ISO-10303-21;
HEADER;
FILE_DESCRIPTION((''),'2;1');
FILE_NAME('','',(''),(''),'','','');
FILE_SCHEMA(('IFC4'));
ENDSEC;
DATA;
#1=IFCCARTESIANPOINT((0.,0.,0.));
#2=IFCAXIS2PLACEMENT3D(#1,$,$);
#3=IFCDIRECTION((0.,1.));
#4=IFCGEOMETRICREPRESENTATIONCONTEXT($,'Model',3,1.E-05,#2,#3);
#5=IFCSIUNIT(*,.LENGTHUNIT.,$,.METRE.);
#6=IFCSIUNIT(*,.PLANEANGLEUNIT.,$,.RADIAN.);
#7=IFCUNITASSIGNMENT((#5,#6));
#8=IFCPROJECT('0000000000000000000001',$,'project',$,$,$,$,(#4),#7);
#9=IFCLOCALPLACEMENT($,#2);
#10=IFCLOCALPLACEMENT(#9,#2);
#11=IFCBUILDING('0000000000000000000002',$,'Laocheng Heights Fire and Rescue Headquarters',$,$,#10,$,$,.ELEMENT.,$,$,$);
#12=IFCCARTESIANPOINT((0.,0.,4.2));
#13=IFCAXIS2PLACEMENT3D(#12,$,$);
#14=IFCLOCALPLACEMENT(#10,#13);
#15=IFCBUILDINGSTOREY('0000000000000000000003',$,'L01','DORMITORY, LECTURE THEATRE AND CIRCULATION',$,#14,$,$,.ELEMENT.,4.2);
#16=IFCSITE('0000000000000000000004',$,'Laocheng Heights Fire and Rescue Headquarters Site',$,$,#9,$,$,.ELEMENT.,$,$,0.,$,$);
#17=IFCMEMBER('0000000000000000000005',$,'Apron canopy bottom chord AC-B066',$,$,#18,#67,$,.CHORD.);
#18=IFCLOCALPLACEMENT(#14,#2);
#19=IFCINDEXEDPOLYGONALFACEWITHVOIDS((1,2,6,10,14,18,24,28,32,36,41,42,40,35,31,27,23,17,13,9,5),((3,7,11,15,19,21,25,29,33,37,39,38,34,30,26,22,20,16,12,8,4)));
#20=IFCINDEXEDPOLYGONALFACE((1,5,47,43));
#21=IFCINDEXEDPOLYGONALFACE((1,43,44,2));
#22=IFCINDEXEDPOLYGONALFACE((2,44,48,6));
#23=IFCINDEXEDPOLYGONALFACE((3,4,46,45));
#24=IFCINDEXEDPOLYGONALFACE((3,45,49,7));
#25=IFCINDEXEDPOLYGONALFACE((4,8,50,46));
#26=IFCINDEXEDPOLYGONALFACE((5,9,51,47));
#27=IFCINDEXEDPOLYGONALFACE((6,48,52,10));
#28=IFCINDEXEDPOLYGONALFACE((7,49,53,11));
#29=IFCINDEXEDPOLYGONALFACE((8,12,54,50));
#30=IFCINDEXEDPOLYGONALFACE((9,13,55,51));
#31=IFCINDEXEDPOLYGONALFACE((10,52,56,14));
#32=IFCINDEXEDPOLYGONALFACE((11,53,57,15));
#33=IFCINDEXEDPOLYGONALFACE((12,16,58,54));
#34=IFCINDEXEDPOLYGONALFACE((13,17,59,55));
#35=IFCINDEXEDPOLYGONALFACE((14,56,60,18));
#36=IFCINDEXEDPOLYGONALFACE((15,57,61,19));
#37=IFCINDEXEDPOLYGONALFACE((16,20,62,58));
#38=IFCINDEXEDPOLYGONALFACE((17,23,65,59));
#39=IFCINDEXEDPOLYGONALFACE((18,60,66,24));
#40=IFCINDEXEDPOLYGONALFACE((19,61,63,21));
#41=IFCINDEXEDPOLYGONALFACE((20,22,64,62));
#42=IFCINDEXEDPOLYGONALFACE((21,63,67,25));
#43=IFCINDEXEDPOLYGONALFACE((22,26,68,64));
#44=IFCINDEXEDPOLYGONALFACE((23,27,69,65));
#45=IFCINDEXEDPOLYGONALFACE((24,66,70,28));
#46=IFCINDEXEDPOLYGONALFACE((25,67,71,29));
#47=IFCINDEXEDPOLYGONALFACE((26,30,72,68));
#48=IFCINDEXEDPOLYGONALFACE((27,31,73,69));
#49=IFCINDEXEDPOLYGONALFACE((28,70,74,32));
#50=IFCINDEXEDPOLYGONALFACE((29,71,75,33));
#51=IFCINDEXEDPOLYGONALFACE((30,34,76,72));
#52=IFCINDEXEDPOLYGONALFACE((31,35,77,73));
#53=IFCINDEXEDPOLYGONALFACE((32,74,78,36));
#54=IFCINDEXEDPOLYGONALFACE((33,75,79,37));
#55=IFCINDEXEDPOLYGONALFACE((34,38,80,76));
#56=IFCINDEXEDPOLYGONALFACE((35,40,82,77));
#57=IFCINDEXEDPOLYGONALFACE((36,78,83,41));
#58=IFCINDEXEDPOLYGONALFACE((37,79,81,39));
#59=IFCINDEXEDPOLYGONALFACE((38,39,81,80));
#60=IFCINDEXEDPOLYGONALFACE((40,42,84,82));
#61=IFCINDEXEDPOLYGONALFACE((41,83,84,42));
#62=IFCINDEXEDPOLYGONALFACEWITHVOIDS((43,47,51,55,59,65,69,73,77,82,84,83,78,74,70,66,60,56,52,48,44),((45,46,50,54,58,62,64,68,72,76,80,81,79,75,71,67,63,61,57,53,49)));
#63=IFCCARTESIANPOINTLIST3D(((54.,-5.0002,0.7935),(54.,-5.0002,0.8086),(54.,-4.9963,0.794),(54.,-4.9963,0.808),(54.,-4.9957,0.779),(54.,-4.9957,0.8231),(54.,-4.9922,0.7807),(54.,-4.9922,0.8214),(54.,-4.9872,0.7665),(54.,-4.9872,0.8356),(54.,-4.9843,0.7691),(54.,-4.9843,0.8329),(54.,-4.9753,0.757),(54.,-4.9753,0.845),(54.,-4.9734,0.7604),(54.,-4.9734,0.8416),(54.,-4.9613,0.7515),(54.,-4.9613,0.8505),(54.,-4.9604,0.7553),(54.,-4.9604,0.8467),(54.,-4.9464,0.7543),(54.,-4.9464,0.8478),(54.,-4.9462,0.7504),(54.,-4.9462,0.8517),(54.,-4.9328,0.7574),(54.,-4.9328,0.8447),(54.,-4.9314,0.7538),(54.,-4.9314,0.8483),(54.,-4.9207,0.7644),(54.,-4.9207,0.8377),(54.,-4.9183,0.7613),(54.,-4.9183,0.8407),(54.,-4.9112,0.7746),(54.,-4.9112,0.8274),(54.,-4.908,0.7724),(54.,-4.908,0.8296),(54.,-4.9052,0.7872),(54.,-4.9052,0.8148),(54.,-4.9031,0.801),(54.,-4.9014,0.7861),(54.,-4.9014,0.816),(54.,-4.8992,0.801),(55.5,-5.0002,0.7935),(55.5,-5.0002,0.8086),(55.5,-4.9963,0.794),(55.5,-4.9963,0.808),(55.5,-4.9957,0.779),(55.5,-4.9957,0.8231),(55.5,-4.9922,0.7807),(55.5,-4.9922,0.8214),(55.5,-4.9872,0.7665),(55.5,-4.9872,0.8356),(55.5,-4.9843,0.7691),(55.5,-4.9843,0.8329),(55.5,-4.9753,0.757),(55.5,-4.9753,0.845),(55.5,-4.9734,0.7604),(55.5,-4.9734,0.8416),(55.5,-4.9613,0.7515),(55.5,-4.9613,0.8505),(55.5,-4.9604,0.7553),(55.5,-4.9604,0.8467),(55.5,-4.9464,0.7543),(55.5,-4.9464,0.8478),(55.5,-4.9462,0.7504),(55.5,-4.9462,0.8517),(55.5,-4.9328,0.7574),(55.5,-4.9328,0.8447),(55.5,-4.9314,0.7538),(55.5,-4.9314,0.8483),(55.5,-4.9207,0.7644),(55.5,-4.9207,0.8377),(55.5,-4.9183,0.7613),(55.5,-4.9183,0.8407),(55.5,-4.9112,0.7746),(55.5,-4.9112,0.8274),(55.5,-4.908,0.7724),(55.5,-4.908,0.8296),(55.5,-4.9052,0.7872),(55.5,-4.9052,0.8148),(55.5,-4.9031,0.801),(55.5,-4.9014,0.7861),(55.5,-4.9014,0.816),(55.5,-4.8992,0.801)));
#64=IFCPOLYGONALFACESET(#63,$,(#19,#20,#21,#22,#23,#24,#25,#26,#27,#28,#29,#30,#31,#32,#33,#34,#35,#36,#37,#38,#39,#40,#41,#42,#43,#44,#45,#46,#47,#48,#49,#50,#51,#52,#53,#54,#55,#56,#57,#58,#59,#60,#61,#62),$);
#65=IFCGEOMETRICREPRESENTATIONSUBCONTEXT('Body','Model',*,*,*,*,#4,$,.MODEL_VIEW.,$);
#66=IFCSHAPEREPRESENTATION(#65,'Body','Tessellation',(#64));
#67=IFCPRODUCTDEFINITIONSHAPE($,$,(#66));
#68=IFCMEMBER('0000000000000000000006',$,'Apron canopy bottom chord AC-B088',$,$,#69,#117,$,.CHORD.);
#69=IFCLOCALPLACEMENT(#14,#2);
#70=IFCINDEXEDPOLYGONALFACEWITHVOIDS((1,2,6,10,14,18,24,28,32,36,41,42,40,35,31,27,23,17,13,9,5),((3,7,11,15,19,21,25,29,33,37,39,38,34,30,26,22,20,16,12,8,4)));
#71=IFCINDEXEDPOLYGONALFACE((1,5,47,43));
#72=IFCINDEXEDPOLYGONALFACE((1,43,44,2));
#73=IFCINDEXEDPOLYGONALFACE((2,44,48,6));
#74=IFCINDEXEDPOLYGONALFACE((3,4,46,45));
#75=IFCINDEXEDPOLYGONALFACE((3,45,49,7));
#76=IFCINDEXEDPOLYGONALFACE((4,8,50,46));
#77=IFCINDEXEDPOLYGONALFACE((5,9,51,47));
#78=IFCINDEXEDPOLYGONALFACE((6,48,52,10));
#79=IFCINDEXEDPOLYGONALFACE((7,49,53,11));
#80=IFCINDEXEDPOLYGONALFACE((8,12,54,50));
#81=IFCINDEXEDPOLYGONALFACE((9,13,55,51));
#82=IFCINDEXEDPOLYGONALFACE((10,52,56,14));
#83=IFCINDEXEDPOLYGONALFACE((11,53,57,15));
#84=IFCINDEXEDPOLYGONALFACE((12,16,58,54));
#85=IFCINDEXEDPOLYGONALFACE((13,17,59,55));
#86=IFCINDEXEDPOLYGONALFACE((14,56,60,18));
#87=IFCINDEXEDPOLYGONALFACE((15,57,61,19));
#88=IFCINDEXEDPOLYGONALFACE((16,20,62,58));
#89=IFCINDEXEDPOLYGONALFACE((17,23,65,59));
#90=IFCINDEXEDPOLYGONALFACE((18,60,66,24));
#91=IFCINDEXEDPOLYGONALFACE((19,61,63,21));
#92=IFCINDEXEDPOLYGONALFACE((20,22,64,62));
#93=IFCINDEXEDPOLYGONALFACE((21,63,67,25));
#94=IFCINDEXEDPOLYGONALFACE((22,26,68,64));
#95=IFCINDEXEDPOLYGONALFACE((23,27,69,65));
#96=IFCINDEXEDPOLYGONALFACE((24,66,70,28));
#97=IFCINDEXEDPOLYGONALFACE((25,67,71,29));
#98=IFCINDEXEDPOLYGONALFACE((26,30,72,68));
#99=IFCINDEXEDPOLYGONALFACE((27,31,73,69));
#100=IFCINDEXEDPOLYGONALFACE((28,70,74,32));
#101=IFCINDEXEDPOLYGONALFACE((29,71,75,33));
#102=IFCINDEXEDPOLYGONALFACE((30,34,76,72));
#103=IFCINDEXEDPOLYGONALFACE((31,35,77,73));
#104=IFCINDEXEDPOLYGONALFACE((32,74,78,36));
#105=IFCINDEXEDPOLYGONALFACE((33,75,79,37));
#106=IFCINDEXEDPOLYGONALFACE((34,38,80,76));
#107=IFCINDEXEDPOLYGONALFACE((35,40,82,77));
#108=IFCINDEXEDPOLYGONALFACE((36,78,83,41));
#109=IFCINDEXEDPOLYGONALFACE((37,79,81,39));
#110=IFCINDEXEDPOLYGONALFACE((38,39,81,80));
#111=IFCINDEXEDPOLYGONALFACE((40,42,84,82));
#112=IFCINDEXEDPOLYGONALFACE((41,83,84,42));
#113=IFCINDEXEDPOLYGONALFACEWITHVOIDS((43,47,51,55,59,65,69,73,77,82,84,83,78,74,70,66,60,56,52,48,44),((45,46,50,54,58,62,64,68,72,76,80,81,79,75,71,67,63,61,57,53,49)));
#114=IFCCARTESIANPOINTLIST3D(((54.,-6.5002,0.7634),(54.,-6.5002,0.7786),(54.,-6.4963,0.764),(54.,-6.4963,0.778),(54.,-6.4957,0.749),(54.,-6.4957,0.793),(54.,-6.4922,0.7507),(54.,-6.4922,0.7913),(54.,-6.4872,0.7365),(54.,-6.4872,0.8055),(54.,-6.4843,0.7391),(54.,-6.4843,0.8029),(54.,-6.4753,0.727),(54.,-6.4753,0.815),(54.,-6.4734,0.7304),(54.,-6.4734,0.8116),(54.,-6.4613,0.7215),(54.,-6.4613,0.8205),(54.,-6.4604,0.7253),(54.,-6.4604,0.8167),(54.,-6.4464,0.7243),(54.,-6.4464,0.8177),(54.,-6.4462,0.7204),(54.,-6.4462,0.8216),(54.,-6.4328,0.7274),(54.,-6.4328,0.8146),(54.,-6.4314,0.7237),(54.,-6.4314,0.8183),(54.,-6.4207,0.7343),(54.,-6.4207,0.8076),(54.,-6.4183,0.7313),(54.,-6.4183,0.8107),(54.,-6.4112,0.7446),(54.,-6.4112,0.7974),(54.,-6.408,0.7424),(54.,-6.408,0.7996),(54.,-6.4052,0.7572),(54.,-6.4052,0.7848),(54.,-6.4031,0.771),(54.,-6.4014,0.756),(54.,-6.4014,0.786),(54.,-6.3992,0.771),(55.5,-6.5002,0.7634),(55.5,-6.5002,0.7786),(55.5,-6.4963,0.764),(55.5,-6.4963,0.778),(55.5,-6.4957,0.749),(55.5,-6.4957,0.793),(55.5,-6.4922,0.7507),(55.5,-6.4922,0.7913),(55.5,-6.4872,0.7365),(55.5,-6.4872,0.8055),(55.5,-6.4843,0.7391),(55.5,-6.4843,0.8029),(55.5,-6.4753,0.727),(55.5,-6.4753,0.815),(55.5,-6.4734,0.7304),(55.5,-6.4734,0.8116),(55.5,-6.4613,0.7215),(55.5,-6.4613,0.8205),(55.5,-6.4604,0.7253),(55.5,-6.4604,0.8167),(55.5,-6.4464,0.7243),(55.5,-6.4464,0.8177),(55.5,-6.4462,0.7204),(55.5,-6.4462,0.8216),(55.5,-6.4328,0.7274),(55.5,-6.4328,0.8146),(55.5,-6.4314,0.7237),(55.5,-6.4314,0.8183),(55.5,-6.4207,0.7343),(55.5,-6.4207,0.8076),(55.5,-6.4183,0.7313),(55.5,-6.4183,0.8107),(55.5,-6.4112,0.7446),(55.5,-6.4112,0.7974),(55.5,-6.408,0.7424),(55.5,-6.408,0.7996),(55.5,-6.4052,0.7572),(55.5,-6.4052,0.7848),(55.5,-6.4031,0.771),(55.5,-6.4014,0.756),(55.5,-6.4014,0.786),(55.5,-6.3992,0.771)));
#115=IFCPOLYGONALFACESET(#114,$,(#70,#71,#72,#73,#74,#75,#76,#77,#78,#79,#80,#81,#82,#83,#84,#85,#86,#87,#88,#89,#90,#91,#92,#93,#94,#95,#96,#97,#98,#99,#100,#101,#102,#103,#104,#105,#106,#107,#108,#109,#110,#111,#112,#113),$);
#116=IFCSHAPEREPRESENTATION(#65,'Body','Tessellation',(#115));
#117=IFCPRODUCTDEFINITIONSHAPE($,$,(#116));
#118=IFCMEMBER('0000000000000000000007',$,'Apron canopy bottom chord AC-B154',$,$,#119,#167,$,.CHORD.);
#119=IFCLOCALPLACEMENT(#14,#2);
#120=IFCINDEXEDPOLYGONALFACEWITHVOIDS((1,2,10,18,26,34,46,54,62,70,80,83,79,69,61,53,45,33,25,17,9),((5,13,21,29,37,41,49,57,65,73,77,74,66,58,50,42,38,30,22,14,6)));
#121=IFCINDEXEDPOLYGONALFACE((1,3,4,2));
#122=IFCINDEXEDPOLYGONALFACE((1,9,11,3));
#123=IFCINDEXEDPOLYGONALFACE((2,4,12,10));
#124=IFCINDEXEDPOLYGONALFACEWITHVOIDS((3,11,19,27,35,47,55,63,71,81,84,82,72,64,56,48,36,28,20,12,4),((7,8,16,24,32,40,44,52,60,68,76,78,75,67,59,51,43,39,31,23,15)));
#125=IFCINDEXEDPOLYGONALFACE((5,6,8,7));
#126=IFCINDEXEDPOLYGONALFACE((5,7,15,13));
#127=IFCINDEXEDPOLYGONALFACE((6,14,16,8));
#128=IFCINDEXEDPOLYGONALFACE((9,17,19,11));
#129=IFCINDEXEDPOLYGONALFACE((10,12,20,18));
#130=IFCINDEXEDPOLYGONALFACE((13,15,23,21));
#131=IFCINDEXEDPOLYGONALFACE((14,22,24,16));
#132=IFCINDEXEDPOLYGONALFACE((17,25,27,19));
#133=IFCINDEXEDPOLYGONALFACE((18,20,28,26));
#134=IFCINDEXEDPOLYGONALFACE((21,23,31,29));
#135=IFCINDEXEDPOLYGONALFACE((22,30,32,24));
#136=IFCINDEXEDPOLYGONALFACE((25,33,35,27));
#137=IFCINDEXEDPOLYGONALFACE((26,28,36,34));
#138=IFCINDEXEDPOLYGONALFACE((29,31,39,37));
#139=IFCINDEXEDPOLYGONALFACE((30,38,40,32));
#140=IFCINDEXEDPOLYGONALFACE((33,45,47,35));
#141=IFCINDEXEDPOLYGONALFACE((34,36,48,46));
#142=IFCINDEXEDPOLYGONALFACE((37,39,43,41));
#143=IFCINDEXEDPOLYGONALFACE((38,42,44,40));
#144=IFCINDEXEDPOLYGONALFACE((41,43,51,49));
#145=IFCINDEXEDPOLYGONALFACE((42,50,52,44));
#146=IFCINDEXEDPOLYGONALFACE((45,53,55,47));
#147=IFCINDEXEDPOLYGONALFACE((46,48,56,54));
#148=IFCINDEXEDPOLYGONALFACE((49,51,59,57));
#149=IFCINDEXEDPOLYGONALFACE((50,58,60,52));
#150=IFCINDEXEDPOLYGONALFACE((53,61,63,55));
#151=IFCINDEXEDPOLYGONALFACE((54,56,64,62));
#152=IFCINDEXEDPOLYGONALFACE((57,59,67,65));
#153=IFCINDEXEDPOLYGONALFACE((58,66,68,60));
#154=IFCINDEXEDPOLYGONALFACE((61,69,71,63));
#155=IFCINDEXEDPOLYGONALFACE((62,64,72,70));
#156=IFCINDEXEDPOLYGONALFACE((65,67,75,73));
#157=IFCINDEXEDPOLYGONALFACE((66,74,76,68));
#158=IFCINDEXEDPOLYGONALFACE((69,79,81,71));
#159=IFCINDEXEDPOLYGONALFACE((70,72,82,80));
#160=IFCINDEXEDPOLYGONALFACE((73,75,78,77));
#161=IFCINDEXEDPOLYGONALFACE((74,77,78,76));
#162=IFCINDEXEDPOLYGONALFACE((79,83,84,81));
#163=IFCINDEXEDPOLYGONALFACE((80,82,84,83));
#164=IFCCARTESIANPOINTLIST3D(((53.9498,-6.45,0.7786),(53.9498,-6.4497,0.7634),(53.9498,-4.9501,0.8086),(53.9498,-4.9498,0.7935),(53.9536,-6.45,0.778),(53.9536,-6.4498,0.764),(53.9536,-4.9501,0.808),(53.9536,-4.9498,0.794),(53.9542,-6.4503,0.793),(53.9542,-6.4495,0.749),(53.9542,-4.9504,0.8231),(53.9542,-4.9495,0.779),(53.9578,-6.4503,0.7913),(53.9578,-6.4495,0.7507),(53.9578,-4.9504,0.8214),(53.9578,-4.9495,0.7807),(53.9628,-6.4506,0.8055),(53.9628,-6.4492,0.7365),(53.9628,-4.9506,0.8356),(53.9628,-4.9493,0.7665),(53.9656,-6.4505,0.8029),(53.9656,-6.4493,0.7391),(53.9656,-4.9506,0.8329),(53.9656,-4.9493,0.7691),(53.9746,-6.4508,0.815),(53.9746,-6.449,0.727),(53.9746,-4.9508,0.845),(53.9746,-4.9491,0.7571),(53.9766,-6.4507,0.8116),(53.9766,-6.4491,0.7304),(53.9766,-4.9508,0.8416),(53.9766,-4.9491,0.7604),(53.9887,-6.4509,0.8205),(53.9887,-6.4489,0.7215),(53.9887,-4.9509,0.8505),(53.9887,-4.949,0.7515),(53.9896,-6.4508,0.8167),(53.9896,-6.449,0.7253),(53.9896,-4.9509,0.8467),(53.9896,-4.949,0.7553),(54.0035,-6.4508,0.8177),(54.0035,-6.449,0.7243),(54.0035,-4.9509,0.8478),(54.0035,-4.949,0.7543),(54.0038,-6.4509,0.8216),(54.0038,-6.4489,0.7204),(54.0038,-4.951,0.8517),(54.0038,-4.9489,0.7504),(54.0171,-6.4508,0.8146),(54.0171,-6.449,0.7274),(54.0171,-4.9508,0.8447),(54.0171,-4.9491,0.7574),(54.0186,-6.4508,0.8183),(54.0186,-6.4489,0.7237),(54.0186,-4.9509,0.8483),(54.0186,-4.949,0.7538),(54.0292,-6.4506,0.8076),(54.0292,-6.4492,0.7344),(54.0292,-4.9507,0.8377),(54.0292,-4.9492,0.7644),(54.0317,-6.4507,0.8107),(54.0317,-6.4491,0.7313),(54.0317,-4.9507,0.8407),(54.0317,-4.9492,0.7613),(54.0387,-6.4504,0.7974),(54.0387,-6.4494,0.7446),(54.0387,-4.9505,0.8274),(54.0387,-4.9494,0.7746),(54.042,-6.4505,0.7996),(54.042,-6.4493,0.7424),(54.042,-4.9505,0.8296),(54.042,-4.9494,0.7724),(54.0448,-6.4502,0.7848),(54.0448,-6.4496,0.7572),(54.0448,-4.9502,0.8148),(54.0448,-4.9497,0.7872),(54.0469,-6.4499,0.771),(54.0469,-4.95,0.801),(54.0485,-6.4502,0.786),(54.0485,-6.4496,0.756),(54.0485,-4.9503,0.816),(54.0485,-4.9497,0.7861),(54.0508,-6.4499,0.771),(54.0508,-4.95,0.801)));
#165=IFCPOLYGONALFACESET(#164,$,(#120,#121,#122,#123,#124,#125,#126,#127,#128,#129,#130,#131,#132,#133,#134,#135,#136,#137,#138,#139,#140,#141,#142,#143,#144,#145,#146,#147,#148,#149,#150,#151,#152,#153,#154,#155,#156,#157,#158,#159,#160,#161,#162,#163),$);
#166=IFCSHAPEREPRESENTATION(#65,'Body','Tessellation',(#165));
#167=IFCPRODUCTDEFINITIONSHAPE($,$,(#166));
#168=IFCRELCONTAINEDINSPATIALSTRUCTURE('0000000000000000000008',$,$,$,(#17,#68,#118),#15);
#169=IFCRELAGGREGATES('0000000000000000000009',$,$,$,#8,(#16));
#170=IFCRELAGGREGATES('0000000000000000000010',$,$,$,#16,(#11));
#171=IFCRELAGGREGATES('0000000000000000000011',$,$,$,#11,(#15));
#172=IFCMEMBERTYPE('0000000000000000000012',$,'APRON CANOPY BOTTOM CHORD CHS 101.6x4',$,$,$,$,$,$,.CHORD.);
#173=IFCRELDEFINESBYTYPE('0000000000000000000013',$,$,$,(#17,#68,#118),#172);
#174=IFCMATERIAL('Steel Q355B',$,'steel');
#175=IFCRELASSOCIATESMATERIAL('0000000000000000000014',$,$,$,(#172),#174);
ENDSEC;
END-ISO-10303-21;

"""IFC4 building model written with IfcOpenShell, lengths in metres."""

from ifc_helpers import new_model, si_unit, direction, frame, origin, origin_2d, place, context, subcontext, project, spatial, hollow_circle, extrude, material, material_profile, profile_set, type_object, element, save


model = new_model("IFC4")

# Units and contexts
model_context = context("Model", 3, precision=1e-05, world=origin(), true_north=direction((0.0, 1.0)))
body_context = subcontext(model_context, "Body", "Model", "MODEL_VIEW")
ifc_project = project(units=[si_unit("LENGTHUNIT", "METRE"), si_unit("PLANEANGLEUNIT", "RADIAN")], contexts=[model_context])

# Site, building, storey
site_placement = place(None, origin())
site = spatial("IfcSite", under=ifc_project, at=site_placement, Name="Laocheng Heights Fire and Rescue Headquarters Site", CompositionType="ELEMENT", RefElevation=0.0)
building_placement = place(site_placement, origin())
building = spatial("IfcBuilding", under=site, at=building_placement, Name="Laocheng Heights Fire and Rescue Headquarters", CompositionType="ELEMENT")
storey_placement = place(building_placement, frame((0.0, 0.0, 4.2)))
storey = spatial("IfcBuildingStorey", under=building, at=storey_placement, Name="L01", Description="DORMITORY, LECTURE THEATRE AND CIRCULATION", CompositionType="ELEMENT", Elevation=4.2)

# Members
ifc_material_1 = material(Name="Steel Q355B", Category="steel")
ifc_material_profile_1 = material_profile(ifc_material_1, hollow_circle(Radius=0.0508, WallThickness=0.0039, at=origin_2d()), Name="CHS 101.6x4")
ifc_profile_set_1 = profile_set([ifc_material_profile_1], Name="Steel Q355B")
member_type_1 = type_object("IfcMemberType", Name="APRON CANOPY BOTTOM CHORD CHS 101.6x4", PredefinedType="CHORD", material=ifc_profile_set_1)
for number, where, z_axis, x_axis, name in (
    (1, (54.0, -4.95, 0.801), (1.0, 0.0, 0.0), (0.0, 1.0, 0.0), "Apron canopy bottom chord AC-B066"),
    (2, (54.0, -6.45, 0.771), (1.0, 0.0, 0.0), (0.0, 1.0, 0.0), "Apron canopy bottom chord AC-B088"),
):
    element("IfcMember", number, at=place(storey_placement, frame(where, z_axis=z_axis, x_axis=x_axis)), inside=storey, type_object=member_type_1, Name=name, PredefinedType="CHORD", context=body_context, shape_type="SweptSolid", body=[
        extrude(hollow_circle(Radius=0.0508, WallThickness=0.0039, at=origin_2d()), origin(), (0.0, 0.0, 1.0), 1.5),
    ])
member_placement = place(storey_placement, frame((54.0, -4.95, 0.801), z_axis=(0.0, -0.9998, -0.020016), x_axis=(1.0, 0.0, 0.0)))
element("IfcMember", 3, at=member_placement, inside=storey, type_object=member_type_1, Name="Apron canopy bottom chord AC-B154", PredefinedType="CHORD", context=body_context, shape_type="SweptSolid", body=[
    extrude(hollow_circle(Radius=0.0508, WallThickness=0.0039, at=origin_2d()), origin(), (0.0, 0.0, 1.0), 1.5002),
])

save(model, "model.ifc")
